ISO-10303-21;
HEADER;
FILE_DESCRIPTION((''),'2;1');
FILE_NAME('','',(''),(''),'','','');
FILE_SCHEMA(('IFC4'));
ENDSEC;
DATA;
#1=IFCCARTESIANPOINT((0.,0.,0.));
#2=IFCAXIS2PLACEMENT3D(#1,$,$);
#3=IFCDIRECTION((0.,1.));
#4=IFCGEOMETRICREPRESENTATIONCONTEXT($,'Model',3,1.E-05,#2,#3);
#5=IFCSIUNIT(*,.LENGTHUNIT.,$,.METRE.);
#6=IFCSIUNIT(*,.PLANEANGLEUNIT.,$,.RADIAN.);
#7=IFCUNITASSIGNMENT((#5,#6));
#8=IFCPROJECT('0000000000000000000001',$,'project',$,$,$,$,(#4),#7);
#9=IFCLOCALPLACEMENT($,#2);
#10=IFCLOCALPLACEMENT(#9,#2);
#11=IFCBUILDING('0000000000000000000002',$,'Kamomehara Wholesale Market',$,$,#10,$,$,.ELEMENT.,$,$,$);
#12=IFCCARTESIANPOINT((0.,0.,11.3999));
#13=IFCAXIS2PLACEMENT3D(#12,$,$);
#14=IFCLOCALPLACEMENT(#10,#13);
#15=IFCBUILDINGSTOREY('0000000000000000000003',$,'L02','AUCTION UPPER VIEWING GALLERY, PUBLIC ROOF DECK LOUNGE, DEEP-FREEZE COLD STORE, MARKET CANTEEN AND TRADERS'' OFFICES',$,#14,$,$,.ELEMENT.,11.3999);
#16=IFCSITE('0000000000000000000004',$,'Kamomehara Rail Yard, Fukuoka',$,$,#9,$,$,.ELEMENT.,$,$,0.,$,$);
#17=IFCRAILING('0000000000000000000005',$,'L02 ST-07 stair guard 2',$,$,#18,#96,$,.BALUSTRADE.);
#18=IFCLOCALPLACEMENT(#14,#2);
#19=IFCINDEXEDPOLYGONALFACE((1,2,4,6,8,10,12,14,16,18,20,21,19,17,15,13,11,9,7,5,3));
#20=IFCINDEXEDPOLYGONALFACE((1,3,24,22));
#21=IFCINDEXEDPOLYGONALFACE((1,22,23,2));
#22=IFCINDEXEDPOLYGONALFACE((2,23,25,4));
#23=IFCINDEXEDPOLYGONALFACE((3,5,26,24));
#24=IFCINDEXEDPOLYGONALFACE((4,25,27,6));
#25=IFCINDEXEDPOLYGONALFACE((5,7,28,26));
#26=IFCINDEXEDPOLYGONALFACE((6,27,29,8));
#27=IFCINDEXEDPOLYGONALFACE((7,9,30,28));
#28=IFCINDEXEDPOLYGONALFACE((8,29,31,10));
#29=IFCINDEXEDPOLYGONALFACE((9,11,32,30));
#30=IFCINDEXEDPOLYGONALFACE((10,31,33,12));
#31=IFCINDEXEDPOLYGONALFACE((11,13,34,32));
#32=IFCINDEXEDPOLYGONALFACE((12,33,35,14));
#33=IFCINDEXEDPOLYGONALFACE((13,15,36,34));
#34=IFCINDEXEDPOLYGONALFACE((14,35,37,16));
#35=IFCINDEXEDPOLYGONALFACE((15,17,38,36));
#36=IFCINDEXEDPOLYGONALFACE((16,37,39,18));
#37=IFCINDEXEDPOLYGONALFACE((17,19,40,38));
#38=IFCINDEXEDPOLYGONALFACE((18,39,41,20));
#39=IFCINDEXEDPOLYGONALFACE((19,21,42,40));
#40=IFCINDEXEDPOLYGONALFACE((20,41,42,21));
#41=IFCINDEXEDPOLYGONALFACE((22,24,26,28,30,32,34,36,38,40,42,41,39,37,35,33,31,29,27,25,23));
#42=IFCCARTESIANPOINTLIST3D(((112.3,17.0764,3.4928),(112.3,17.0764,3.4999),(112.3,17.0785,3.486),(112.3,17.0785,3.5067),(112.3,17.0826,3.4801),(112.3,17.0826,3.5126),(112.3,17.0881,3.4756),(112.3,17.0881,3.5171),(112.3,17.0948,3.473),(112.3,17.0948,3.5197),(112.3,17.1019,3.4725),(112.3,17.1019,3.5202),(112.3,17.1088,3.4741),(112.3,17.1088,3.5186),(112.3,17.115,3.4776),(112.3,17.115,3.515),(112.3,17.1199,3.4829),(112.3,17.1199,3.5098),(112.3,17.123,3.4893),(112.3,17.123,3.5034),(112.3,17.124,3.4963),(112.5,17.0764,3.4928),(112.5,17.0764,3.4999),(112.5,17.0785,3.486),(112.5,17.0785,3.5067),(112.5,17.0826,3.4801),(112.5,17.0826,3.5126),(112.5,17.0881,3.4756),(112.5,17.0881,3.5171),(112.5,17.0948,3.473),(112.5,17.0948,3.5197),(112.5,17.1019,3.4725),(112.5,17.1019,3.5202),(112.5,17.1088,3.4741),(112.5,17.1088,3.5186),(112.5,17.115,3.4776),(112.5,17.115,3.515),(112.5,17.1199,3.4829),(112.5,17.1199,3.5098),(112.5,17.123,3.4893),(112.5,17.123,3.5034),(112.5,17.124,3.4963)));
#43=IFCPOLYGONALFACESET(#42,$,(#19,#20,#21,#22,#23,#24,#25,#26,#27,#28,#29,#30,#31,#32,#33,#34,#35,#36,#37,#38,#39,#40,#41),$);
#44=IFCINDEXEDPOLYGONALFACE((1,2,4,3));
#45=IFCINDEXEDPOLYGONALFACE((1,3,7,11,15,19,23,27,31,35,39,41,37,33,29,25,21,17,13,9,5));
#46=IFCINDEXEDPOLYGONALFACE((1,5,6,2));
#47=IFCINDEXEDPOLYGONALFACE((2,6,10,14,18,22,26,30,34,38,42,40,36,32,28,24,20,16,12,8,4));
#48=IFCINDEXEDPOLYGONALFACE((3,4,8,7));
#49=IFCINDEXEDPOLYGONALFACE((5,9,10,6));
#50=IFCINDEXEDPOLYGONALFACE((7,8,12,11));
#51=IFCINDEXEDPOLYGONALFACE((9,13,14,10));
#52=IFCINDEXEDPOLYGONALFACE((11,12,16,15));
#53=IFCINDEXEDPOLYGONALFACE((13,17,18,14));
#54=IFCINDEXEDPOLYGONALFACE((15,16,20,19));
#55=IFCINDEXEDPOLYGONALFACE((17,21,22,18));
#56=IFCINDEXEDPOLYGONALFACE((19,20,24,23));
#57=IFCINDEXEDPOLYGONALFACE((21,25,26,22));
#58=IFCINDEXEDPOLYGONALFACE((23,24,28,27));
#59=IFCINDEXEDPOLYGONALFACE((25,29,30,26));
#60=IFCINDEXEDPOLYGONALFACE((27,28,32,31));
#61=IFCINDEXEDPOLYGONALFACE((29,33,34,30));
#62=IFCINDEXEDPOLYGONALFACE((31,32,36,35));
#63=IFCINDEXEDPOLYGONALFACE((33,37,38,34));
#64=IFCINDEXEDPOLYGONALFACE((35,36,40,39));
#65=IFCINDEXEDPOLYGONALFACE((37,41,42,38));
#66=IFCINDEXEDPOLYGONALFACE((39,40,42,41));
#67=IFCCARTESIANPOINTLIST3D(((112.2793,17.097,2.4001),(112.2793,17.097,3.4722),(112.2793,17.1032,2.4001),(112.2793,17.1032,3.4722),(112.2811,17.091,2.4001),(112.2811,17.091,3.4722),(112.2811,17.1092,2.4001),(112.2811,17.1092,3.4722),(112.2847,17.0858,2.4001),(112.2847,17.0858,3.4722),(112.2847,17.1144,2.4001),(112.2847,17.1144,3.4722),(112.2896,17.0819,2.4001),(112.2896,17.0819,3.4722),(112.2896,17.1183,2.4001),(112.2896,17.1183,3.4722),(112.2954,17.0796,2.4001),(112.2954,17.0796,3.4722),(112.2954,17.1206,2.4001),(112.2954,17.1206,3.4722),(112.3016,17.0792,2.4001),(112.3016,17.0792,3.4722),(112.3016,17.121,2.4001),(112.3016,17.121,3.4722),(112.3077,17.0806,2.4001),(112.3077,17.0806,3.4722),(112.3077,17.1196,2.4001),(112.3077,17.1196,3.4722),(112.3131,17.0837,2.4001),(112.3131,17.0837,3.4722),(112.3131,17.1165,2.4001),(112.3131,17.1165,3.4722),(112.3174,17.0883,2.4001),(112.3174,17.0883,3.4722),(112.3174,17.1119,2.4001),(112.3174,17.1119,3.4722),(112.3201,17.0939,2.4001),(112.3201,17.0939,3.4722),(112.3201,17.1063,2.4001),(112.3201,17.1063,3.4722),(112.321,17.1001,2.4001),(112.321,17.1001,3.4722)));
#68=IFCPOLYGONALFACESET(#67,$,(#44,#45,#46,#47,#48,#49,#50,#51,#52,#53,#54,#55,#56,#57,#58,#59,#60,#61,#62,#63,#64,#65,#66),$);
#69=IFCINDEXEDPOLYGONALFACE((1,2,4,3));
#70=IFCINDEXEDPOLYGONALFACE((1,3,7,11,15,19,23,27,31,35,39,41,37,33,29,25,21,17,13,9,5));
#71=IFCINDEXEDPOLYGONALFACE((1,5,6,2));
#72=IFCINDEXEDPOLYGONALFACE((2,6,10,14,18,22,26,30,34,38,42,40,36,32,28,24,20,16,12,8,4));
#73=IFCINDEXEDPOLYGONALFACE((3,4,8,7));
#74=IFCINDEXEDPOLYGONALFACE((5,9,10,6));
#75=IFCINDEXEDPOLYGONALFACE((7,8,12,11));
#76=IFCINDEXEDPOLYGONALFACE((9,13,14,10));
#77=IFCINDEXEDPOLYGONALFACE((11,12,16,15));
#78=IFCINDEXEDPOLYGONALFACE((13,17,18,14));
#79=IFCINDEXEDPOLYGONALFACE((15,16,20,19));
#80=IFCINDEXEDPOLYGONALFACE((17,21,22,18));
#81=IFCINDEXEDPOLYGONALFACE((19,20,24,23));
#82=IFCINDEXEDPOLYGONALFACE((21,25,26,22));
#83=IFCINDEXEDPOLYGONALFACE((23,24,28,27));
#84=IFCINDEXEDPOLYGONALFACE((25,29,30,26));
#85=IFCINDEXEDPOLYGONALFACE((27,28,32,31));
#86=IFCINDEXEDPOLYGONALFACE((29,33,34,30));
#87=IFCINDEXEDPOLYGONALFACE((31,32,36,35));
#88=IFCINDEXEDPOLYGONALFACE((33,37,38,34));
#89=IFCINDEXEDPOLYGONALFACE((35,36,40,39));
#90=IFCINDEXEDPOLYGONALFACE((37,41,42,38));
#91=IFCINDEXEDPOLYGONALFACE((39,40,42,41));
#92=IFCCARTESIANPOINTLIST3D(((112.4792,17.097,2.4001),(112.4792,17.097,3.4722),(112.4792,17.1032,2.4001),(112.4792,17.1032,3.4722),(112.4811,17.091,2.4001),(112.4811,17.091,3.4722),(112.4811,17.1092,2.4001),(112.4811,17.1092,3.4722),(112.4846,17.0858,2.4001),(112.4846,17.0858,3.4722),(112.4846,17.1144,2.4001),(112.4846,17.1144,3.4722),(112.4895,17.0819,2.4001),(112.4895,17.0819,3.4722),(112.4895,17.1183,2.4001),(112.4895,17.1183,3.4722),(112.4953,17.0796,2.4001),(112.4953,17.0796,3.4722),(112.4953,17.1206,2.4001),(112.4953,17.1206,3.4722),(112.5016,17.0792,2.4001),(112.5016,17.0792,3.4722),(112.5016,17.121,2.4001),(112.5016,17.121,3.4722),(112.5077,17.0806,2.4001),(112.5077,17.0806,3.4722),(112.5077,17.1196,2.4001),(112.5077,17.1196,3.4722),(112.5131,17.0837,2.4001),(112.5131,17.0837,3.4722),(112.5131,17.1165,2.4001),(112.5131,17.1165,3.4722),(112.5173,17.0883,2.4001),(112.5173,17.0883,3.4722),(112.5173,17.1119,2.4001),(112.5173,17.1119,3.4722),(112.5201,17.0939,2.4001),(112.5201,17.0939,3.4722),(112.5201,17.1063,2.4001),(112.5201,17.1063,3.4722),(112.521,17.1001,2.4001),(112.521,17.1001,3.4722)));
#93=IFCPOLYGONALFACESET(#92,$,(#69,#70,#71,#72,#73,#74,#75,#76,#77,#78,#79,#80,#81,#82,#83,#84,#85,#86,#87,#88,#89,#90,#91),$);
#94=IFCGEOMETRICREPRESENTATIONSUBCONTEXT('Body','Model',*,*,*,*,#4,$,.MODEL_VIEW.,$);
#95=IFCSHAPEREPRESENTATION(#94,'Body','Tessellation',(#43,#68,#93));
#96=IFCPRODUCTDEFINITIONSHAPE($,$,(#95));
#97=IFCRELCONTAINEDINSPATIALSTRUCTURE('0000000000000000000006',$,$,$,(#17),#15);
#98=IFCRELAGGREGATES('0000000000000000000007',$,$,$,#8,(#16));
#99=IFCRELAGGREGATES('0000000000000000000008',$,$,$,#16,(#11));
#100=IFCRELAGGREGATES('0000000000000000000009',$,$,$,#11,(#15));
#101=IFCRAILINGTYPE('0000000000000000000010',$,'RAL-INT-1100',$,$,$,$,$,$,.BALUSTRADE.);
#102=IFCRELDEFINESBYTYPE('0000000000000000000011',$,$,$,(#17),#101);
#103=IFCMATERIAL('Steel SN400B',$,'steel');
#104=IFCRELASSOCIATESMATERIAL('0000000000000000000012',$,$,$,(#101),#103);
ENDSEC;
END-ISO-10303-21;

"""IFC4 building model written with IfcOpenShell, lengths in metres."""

from ifc_helpers import new_model, si_unit, direction, frame, origin, origin_2d, place, context, subcontext, project, spatial, circle, extrude, material, type_object, element, save


model = new_model("IFC4")

# Units and contexts
model_context = context("Model", 3, precision=1e-05, world=origin(), true_north=direction((0.0, 1.0)))
body_context = subcontext(model_context, "Body", "Model", "MODEL_VIEW")
ifc_project = project(units=[si_unit("LENGTHUNIT", "METRE"), si_unit("PLANEANGLEUNIT", "RADIAN")], contexts=[model_context])

# Site, building, storey
site_placement = place(None, origin())
site = spatial("IfcSite", under=ifc_project, at=site_placement, Name="Kamomehara Rail Yard, Fukuoka", CompositionType="ELEMENT", RefElevation=0.0)
building_placement = place(site_placement, origin())
building = spatial("IfcBuilding", under=site, at=building_placement, Name="Kamomehara Wholesale Market", CompositionType="ELEMENT")
storey_placement = place(building_placement, frame((0.0, 0.0, 11.3999)))
storey = spatial("IfcBuildingStorey", under=building, at=storey_placement, Name="L02", Description="AUCTION UPPER VIEWING GALLERY, PUBLIC ROOF DECK LOUNGE, DEEP-FREEZE COLD STORE, MARKET CANTEEN AND TRADERS' OFFICES", CompositionType="ELEMENT", Elevation=11.3999)

# Railing
ifc_material_1 = material(Name="Steel SN400B", Category="steel")
railing_type_1 = type_object("IfcRailingType", Name="RAL-INT-1100", PredefinedType="BALUSTRADE", material=ifc_material_1)
railing_1_placement = place(storey_placement, frame((112.3, 17.1001, 2.4001)))
element("IfcRailing", 1, at=railing_1_placement, inside=storey, type_object=railing_type_1, Name="L02 ST-07 stair guard 2", PredefinedType="BALUSTRADE", context=body_context, shape_type="SweptSolid", body=[
    extrude(circle(Radius=0.0239, at=origin_2d()), frame((0.0, 0.0, 1.0962), z_axis=(1.0, 0.0, 0.0), x_axis=(0.0, 1.0, 0.0)), (0.0, 0.0, 1.0), 0.2),
    extrude(circle(Radius=0.021, at=origin_2d()), origin(), (0.0, 0.0, 1.0), 1.072),
    extrude(circle(Radius=0.021, at=origin_2d()), frame((0.2, 0.0, 0.0)), (0.0, 0.0, 1.0), 1.072),
])

save(model, "model.ifc")
